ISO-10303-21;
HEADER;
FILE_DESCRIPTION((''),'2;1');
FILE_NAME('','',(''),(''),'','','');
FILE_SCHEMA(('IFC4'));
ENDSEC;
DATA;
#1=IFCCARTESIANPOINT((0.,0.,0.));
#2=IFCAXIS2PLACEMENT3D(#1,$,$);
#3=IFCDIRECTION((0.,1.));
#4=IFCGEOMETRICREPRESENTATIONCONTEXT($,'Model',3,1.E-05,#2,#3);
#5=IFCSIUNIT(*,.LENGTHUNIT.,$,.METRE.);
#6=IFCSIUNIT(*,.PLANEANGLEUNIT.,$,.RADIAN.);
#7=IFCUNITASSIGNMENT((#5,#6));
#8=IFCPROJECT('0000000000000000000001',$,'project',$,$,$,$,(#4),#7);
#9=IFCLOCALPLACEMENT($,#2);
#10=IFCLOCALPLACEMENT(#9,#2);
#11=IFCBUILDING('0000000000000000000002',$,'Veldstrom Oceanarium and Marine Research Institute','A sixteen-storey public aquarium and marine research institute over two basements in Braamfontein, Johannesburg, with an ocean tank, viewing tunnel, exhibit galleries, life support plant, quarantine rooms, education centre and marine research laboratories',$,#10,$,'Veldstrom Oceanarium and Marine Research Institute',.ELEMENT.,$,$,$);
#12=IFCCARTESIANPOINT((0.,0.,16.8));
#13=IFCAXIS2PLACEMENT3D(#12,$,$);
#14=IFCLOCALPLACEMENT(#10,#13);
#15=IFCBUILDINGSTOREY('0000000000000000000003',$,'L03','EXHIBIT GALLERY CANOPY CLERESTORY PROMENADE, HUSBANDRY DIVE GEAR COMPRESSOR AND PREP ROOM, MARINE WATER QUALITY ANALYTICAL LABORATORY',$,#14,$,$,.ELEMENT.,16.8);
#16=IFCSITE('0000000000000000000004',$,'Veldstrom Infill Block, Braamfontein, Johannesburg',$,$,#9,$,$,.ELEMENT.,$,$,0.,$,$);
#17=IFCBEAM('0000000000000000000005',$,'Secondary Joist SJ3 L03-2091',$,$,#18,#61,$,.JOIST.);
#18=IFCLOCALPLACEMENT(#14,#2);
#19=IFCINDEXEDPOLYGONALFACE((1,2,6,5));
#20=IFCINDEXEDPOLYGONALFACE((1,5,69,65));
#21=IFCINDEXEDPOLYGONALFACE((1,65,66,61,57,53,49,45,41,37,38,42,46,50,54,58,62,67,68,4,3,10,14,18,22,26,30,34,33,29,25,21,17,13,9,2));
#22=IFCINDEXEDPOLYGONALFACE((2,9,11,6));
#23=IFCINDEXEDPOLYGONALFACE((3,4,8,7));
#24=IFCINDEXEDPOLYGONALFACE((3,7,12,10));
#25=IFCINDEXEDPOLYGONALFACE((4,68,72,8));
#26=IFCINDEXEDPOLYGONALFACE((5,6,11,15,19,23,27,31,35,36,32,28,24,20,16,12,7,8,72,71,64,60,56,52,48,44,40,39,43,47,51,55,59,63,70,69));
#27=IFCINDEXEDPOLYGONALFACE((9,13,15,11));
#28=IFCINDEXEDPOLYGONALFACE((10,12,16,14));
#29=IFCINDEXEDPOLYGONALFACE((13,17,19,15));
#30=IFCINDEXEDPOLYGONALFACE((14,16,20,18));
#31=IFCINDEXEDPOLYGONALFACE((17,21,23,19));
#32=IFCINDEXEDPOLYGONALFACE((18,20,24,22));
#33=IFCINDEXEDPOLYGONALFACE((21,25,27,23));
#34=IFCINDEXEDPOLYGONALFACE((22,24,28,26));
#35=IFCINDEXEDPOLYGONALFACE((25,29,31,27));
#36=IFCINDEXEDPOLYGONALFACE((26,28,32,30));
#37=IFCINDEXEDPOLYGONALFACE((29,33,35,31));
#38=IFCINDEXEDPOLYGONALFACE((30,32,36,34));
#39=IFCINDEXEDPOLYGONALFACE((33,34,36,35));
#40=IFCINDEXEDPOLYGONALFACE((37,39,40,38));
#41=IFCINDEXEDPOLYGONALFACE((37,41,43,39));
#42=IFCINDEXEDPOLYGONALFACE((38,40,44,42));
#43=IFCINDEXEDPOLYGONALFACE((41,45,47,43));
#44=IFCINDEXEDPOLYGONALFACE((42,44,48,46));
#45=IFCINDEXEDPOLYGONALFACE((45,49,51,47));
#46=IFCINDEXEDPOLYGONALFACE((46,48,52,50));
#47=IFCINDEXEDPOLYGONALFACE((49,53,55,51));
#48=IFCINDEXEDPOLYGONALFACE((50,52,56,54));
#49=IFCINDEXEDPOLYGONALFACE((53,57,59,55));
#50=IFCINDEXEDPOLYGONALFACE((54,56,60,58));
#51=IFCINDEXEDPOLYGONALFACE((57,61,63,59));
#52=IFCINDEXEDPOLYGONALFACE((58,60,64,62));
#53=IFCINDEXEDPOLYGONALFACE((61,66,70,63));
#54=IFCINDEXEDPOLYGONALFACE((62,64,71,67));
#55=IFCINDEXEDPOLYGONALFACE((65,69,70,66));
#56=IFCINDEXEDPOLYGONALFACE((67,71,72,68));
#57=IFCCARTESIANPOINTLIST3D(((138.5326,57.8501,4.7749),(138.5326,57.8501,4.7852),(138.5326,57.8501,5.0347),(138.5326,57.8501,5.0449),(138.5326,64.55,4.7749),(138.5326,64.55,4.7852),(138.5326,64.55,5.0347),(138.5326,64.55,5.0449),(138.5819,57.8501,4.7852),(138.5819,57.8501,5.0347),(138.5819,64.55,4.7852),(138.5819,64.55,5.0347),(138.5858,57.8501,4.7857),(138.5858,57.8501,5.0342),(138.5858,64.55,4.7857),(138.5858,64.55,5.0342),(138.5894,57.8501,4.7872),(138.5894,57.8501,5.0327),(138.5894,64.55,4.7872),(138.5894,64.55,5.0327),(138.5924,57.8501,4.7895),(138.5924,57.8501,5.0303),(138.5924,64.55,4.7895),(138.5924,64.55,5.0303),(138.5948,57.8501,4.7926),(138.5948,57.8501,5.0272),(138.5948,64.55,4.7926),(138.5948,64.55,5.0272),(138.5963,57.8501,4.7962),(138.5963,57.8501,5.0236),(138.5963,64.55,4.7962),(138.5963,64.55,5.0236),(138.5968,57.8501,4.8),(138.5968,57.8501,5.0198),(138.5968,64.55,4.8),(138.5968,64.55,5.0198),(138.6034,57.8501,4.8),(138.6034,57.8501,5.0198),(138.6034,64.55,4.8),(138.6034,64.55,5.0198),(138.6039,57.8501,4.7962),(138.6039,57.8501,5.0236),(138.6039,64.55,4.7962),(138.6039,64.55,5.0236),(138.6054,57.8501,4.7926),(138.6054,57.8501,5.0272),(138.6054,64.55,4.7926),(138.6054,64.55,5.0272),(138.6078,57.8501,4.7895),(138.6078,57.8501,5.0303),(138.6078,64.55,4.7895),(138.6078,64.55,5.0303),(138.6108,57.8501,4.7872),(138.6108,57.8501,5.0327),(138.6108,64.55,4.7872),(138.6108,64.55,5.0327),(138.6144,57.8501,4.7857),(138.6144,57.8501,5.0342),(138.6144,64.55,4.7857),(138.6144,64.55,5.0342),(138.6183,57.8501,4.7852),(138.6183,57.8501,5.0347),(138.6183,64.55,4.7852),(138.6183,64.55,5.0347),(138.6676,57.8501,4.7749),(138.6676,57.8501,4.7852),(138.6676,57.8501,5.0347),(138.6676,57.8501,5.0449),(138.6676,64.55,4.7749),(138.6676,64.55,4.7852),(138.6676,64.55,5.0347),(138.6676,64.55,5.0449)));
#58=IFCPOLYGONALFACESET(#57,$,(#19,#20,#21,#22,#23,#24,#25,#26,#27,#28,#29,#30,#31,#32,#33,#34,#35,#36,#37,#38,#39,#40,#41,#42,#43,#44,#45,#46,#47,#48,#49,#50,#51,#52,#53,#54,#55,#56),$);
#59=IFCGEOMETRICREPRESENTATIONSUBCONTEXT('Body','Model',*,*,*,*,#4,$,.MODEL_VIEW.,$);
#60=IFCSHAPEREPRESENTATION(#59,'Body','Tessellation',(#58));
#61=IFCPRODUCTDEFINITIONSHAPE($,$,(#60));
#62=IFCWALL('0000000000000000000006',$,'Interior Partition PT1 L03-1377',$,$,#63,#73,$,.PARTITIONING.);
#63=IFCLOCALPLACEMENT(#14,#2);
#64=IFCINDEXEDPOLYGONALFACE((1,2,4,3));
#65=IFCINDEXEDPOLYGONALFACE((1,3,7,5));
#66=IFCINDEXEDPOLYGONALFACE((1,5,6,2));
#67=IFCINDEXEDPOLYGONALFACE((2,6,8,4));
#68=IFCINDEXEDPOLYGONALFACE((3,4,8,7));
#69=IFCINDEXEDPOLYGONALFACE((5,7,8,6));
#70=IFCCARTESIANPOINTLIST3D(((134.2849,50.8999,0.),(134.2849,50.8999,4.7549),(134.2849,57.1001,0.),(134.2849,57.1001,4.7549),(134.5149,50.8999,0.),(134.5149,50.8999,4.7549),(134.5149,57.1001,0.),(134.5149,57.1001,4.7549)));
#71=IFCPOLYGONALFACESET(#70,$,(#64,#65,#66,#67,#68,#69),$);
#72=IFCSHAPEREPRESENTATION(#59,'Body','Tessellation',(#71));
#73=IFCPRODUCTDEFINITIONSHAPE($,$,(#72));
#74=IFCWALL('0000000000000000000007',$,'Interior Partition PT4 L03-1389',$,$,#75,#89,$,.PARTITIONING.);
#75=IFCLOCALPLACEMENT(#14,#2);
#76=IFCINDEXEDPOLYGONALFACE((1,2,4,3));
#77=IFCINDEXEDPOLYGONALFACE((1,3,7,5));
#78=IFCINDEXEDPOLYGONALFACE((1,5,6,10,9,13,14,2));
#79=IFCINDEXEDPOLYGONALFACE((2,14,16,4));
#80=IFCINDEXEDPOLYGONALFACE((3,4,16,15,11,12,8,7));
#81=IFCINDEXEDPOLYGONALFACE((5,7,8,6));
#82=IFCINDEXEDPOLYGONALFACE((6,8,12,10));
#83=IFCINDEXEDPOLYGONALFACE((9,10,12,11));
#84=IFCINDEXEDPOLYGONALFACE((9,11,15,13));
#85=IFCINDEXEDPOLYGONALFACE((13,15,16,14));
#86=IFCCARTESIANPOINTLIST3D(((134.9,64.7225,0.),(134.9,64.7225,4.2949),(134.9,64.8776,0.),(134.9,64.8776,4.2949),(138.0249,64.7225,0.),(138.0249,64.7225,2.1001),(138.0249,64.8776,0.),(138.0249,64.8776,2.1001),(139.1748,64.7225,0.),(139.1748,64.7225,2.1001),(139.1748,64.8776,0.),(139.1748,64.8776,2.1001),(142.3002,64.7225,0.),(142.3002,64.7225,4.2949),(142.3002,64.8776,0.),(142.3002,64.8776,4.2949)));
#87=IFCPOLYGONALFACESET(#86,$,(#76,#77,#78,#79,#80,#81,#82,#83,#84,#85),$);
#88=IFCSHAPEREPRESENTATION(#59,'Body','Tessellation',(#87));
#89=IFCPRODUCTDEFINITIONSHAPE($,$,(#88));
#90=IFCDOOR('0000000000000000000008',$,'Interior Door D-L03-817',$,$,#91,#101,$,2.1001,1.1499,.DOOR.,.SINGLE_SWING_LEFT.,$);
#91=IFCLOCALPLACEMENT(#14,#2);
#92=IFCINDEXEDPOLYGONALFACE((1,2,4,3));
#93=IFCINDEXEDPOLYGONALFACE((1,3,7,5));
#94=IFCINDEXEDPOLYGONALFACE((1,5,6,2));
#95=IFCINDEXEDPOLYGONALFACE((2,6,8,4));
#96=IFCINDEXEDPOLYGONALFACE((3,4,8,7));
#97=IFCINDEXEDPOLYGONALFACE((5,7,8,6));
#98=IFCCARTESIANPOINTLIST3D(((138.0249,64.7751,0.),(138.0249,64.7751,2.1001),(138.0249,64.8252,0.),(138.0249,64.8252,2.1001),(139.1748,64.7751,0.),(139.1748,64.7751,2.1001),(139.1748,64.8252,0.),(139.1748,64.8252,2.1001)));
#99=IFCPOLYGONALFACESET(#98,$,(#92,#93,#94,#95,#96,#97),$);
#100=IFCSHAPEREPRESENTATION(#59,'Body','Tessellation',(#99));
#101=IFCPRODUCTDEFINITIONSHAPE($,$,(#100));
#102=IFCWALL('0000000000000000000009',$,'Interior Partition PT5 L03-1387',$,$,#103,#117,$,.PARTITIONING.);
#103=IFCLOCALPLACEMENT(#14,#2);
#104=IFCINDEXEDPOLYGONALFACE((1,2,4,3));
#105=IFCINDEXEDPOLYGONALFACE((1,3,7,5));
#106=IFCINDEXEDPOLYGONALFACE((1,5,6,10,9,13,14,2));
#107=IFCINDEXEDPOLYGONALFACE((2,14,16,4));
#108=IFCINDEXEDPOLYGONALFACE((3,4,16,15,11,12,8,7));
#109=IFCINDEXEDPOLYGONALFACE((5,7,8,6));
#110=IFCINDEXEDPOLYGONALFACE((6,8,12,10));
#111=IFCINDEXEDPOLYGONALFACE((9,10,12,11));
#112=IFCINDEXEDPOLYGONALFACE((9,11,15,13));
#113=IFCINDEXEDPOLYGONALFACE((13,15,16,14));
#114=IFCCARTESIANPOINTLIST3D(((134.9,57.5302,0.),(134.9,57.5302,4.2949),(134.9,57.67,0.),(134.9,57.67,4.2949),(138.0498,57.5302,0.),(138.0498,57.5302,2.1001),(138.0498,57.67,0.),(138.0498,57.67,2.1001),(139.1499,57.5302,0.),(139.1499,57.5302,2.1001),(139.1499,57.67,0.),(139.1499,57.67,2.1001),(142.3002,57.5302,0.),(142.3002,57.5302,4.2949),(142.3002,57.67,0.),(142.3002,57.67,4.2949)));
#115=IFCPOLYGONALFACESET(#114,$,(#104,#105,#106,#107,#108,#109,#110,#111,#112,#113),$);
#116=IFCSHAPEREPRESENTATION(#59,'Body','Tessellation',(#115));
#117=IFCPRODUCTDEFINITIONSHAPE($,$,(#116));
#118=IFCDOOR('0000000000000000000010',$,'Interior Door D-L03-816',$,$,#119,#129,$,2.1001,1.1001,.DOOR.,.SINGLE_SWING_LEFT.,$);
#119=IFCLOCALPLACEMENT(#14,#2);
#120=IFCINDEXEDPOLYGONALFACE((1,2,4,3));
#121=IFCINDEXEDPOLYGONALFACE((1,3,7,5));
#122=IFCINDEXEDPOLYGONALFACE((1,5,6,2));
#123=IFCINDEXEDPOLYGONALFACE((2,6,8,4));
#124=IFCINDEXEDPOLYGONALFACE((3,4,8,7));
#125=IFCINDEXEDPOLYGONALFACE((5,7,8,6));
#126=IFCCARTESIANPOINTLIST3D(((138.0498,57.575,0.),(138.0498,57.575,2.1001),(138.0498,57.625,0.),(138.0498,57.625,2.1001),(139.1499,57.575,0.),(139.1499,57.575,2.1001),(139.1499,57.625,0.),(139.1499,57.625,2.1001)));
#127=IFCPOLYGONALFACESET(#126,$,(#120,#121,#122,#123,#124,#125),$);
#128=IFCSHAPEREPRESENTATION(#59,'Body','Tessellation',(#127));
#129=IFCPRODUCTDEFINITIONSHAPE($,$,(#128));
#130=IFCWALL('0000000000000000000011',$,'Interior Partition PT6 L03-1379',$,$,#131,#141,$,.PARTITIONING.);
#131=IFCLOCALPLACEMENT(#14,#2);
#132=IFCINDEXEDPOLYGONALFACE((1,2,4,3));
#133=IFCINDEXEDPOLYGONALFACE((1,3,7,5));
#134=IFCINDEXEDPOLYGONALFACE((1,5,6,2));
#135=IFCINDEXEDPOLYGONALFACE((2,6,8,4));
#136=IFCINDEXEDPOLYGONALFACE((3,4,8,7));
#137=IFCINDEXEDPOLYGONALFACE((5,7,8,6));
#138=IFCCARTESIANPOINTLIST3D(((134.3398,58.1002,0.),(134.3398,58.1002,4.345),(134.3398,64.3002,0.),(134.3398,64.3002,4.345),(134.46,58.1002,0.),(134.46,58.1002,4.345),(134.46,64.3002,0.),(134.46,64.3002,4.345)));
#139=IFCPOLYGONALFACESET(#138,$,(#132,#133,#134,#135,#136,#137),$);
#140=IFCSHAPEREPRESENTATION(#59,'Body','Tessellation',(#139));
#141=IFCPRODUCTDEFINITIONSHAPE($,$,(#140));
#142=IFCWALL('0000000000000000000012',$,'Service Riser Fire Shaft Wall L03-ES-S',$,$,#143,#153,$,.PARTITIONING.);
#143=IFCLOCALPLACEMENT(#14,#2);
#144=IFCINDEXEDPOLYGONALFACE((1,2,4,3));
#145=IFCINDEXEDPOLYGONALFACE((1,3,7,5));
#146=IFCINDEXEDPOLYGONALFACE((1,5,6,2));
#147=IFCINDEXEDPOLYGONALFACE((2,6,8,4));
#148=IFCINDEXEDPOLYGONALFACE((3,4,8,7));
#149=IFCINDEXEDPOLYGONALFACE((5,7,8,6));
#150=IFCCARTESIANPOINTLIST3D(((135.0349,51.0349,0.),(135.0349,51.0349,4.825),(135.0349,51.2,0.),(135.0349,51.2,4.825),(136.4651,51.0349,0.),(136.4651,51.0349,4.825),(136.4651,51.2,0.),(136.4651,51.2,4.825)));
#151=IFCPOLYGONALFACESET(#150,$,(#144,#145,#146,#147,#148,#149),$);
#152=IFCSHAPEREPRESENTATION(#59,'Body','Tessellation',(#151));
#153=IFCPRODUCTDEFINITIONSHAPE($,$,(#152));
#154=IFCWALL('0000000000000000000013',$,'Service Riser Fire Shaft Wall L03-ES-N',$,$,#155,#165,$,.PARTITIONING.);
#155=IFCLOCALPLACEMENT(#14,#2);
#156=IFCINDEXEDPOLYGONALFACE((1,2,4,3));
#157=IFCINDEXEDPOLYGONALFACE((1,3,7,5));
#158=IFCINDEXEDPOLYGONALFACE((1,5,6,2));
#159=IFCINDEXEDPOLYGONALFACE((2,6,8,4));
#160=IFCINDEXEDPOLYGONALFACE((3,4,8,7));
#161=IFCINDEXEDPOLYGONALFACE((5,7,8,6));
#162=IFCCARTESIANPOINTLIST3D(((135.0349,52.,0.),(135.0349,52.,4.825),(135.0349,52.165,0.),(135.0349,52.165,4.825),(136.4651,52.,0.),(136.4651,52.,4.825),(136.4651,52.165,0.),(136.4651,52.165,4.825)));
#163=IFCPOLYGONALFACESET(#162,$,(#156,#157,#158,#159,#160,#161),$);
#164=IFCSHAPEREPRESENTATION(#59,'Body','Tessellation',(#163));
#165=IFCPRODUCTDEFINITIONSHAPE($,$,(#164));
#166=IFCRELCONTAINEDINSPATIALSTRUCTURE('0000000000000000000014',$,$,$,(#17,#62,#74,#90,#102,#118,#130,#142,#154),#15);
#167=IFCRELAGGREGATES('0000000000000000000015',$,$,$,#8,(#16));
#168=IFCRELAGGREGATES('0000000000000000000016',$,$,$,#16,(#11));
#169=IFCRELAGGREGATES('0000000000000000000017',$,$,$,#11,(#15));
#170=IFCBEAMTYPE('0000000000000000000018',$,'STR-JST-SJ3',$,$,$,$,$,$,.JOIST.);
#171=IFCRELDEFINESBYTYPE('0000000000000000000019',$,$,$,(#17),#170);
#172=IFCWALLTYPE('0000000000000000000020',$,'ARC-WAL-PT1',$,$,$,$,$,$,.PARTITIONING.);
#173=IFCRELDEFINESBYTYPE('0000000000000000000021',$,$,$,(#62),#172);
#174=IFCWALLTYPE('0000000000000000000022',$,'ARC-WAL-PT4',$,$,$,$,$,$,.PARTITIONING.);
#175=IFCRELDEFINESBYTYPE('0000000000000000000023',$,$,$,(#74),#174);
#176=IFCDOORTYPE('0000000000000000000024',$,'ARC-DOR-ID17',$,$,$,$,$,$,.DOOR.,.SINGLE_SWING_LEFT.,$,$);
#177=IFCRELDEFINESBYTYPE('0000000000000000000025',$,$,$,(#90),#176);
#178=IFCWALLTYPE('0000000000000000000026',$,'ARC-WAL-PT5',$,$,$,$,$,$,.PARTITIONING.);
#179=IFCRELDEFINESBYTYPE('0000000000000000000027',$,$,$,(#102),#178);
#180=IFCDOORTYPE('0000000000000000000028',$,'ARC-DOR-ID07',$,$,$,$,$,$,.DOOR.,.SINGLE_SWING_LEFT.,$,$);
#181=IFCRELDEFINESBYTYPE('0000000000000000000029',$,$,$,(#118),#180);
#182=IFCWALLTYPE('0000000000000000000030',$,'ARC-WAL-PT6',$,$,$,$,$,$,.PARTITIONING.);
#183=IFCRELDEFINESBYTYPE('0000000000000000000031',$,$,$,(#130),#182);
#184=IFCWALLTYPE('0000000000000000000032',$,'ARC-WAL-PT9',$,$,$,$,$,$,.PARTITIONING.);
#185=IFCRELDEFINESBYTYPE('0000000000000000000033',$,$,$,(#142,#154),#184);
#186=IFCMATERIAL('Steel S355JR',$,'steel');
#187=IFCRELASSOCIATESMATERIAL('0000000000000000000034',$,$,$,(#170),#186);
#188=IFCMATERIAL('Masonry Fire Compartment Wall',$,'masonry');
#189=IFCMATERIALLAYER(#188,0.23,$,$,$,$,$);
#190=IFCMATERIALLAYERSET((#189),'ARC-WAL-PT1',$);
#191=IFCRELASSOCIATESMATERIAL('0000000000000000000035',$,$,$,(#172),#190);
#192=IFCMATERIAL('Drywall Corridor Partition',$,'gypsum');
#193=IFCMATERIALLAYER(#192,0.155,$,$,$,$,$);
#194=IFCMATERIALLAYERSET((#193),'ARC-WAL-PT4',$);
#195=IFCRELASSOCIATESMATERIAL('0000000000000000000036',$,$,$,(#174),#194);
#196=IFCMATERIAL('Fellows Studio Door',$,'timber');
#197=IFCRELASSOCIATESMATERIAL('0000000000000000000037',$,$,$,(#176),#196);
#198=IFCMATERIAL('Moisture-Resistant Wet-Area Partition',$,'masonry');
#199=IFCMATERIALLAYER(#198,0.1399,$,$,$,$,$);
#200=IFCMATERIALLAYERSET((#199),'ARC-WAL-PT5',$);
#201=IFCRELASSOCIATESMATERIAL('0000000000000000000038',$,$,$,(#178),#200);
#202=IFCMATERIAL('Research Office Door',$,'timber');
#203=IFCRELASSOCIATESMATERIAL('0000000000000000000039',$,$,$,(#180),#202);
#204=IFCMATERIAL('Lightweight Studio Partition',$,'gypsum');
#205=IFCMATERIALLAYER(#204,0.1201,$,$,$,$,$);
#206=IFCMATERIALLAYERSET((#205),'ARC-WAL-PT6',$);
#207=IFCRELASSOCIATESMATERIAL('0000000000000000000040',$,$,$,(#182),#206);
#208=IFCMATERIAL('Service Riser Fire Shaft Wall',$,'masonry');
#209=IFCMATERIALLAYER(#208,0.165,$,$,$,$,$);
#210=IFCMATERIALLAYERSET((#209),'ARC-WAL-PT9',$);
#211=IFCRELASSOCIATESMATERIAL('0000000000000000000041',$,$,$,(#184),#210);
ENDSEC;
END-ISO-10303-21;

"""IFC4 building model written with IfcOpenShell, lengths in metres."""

from ifc_helpers import new_model, si_unit, direction, frame, frame_2d, origin, origin_2d, place, context, subcontext, project, spatial, rectangle, i_section, extrude, material, layer, layer_set, material_profile, profile_set, type_object, element, fill, save


model = new_model("IFC4")

# Units and contexts
model_context = context("Model", 3, precision=1e-05, world=origin(), true_north=direction((0.0, 1.0)))
body_context = subcontext(model_context, "Body", "Model", "MODEL_VIEW")
ifc_project = project(units=[si_unit("LENGTHUNIT", "METRE"), si_unit("PLANEANGLEUNIT", "RADIAN")], contexts=[model_context])

# Site, building, storey
site_placement = place(None, origin())
site = spatial("IfcSite", under=ifc_project, at=site_placement, Name="Veldstrom Infill Block, Braamfontein, Johannesburg", CompositionType="ELEMENT", RefElevation=0.0)
building_placement = place(site_placement, origin())
building = spatial("IfcBuilding", under=site, at=building_placement, Name="Veldstrom Oceanarium and Marine Research Institute", Description="A sixteen-storey public aquarium and marine research institute over two basements in Braamfontein, Johannesburg, with an ocean tank, viewing tunnel, exhibit galleries, life support plant, quarantine rooms, education centre and marine research laboratories", LongName="Veldstrom Oceanarium and Marine Research Institute", CompositionType="ELEMENT")
storey_placement = place(building_placement, frame((0.0, 0.0, 16.8)))
storey = spatial("IfcBuildingStorey", under=building, at=storey_placement, Name="L03", Description="EXHIBIT GALLERY CANOPY CLERESTORY PROMENADE, HUSBANDRY DIVE GEAR COMPRESSOR AND PREP ROOM, MARINE WATER QUALITY ANALYTICAL LABORATORY", CompositionType="ELEMENT", Elevation=16.8)

# Beam
ifc_material_1 = material(Name="Steel S355JR", Category="steel")
ifc_material_profile_1 = material_profile(ifc_material_1, i_section(OverallWidth=0.135, OverallDepth=0.27, WebThickness=0.0066, FlangeThickness=0.0103, FilletRadius=0.0149, at=origin_2d()), Name="IPE 270")
ifc_profile_set_1 = profile_set([ifc_material_profile_1], Name="Steel S355JR")
beam_type_1 = type_object("IfcBeamType", Name="STR-JST-SJ3", PredefinedType="JOIST", material=ifc_profile_set_1)
beam_1_placement = place(storey_placement, frame((138.6001, 57.8501, 4.9099), z_axis=(0.0, 1.0, 0.0), x_axis=(-1.0, 0.0, 0.0)))
element("IfcBeam", 1, at=beam_1_placement, inside=storey, type_object=beam_type_1, Name="Secondary Joist SJ3 L03-2091", PredefinedType="JOIST", context=body_context, shape_type="SweptSolid", body=[
    extrude(i_section(OverallWidth=0.135, OverallDepth=0.27, WebThickness=0.0066, FlangeThickness=0.0103, FilletRadius=0.0149, at=origin_2d()), origin(), (0.0, 0.0, 1.0), 6.7),
])

# Wall
ifc_material_2 = material(Name="Masonry Fire Compartment Wall", Category="masonry")
ifc_layer_1 = layer(ifc_material_2, 0.23)
ifc_layer_set_1 = layer_set([ifc_layer_1], Name="ARC-WAL-PT1")
wall_type_1 = type_object("IfcWallType", Name="ARC-WAL-PT1", PredefinedType="PARTITIONING", material=ifc_layer_set_1)
wall_1_placement = place(storey_placement, frame((134.3999, 50.8999, 0.0), z_axis=(0.0, 0.0, 1.0), x_axis=(0.0, 1.0, 0.0)))
element("IfcWall", 2, at=wall_1_placement, inside=storey, type_object=wall_type_1, Name="Interior Partition PT1 L03-1377", PredefinedType="PARTITIONING", context=body_context, shape_type="SweptSolid", body=[
    extrude(rectangle(XDim=6.2002, YDim=0.23, at=frame_2d((3.1001, 0.0))), origin(), (0.0, 0.0, 1.0), 4.7549),
])

# Walls, openings, doors
ifc_material_3 = material(Name="Drywall Corridor Partition", Category="gypsum")
ifc_layer_2 = layer(ifc_material_3, 0.155)
ifc_layer_set_2 = layer_set([ifc_layer_2], Name="ARC-WAL-PT4")
wall_type_2 = type_object("IfcWallType", Name="ARC-WAL-PT4", PredefinedType="PARTITIONING", material=ifc_layer_set_2)
wall_2_placement = place(storey_placement, frame((134.8999, 64.8, 0.0), z_axis=(0.0, 0.0, 1.0), x_axis=(1.0, 0.0, 0.0)))
wall_2 = element("IfcWall", 3, at=wall_2_placement, inside=storey, type_object=wall_type_2, Name="Interior Partition PT4 L03-1389", PredefinedType="PARTITIONING", context=body_context, shape_type="SweptSolid", body=[
    extrude(rectangle(XDim=7.4001, YDim=0.155, at=frame_2d((3.7002, 0.0))), origin(), (0.0, 0.0, 1.0), 4.2949),
])
opening_1_placement = place(wall_2_placement, frame((3.125, 0.0, 0.0)))
opening_1 = element("IfcOpeningElement", 4, at=opening_1_placement, cuts=wall_2, PredefinedType="OPENING", context=body_context, shape_type="SweptSolid", body=[
    extrude(rectangle(XDim=1.1499, YDim=2.1001, at=frame_2d((0.575, 1.05))), frame((0.0, 0.0874, 0.0), z_axis=(0.0, -1.0, 0.0), x_axis=(1.0, 0.0, 0.0)), (0.0, 0.0, 1.0), 0.175),
])
ifc_material_4 = material(Name="Fellows Studio Door", Category="timber")
door_type_1 = type_object("IfcDoorType", Name="ARC-DOR-ID17", OperationType="SINGLE_SWING_LEFT", PredefinedType="DOOR", material=ifc_material_4)
door_1_placement = place(opening_1_placement, frame((1.1499, 0.0, 0.0), z_axis=(0.0, 0.0, 1.0), x_axis=(-1.0, 0.0, 0.0)))
door_1 = element("IfcDoor", 5, at=door_1_placement, inside=storey, type_object=door_type_1, Name="Interior Door D-L03-817", OperationType="SINGLE_SWING_LEFT", OverallHeight=2.1001, OverallWidth=1.1499, PredefinedType="DOOR", context=body_context, shape_type="SweptSolid", body=[
    extrude(rectangle(XDim=1.1499, YDim=2.1001, at=frame_2d((0.575, 1.05))), frame((0.0, 0.0249, 0.0), z_axis=(0.0, -1.0, 0.0), x_axis=(1.0, 0.0, 0.0)), (0.0, 0.0, 1.0), 0.05),
])
fill(opening_1, door_1)
ifc_material_5 = material(Name="Moisture-Resistant Wet-Area Partition", Category="masonry")
ifc_layer_3 = layer(ifc_material_5, 0.1399)
ifc_layer_set_3 = layer_set([ifc_layer_3], Name="ARC-WAL-PT5")
wall_type_3 = type_object("IfcWallType", Name="ARC-WAL-PT5", PredefinedType="PARTITIONING", material=ifc_layer_set_3)
wall_3_placement = place(storey_placement, frame((134.8999, 57.6001, 0.0), z_axis=(0.0, 0.0, 1.0), x_axis=(1.0, 0.0, 0.0)))
wall_3 = element("IfcWall", 6, at=wall_3_placement, inside=storey, type_object=wall_type_3, Name="Interior Partition PT5 L03-1387", PredefinedType="PARTITIONING", context=body_context, shape_type="SweptSolid", body=[
    extrude(rectangle(XDim=7.4001, YDim=0.1399, at=frame_2d((3.7002, 0.0))), origin(), (0.0, 0.0, 1.0), 4.2949),
])
opening_2_placement = place(wall_3_placement, frame((3.1499, 0.0, 0.0)))
opening_2 = element("IfcOpeningElement", 7, at=opening_2_placement, cuts=wall_3, PredefinedType="OPENING", context=body_context, shape_type="SweptSolid", body=[
    extrude(rectangle(XDim=1.1001, YDim=2.1001, at=frame_2d((0.55, 1.05))), frame((0.0, 0.0798, 0.0), z_axis=(0.0, -1.0, 0.0), x_axis=(1.0, 0.0, 0.0)), (0.0, 0.0, 1.0), 0.1599),
])
ifc_material_6 = material(Name="Research Office Door", Category="timber")
door_type_2 = type_object("IfcDoorType", Name="ARC-DOR-ID07", OperationType="SINGLE_SWING_LEFT", PredefinedType="DOOR", material=ifc_material_6)
door_2_placement = place(opening_2_placement, origin())
door_2 = element("IfcDoor", 8, at=door_2_placement, inside=storey, type_object=door_type_2, Name="Interior Door D-L03-816", OperationType="SINGLE_SWING_LEFT", OverallHeight=2.1001, OverallWidth=1.1001, PredefinedType="DOOR", context=body_context, shape_type="SweptSolid", body=[
    extrude(rectangle(XDim=1.1001, YDim=2.1001, at=frame_2d((0.55, 1.05))), frame((0.0, 0.0249, 0.0), z_axis=(0.0, -1.0, 0.0), x_axis=(1.0, 0.0, 0.0)), (0.0, 0.0, 1.0), 0.05),
])
fill(opening_2, door_2)

# Walls
ifc_material_7 = material(Name="Lightweight Studio Partition", Category="gypsum")
ifc_layer_4 = layer(ifc_material_7, 0.1201)
ifc_layer_set_4 = layer_set([ifc_layer_4], Name="ARC-WAL-PT6")
wall_type_4 = type_object("IfcWallType", Name="ARC-WAL-PT6", PredefinedType="PARTITIONING", material=ifc_layer_set_4)
wall_4_placement = place(storey_placement, frame((134.3999, 58.1001, 0.0), z_axis=(0.0, 0.0, 1.0), x_axis=(0.0, 1.0, 0.0)))
element("IfcWall", 9, at=wall_4_placement, inside=storey, type_object=wall_type_4, Name="Interior Partition PT6 L03-1379", PredefinedType="PARTITIONING", context=body_context, shape_type="SweptSolid", body=[
    extrude(rectangle(XDim=6.2, YDim=0.1201, at=frame_2d((3.1001, 0.0))), origin(), (0.0, 0.0, 1.0), 4.345),
])
ifc_material_8 = material(Name="Service Riser Fire Shaft Wall", Category="masonry")
ifc_layer_5 = layer(ifc_material_8, 0.165)
ifc_layer_set_5 = layer_set([ifc_layer_5], Name="ARC-WAL-PT9")
wall_type_5 = type_object("IfcWallType", Name="ARC-WAL-PT9", PredefinedType="PARTITIONING", material=ifc_layer_set_5)
for number, where, z_axis, x_axis, name in (
    (10, (135.0349, 51.1174, 0.0), (0.0, 0.0, 1.0), (1.0, 0.0, 0.0), "Service Riser Fire Shaft Wall L03-ES-S"),
    (11, (135.0349, 52.0825, 0.0), (0.0, 0.0, 1.0), (1.0, 0.0, 0.0), "Service Riser Fire Shaft Wall L03-ES-N"),
):
    element("IfcWall", number, at=place(storey_placement, frame(where, z_axis=z_axis, x_axis=x_axis)), inside=storey, type_object=wall_type_5, Name=name, PredefinedType="PARTITIONING", context=body_context, shape_type="SweptSolid", body=[
        extrude(rectangle(XDim=1.4302, YDim=0.165, at=frame_2d((0.7151, 0.0))), origin(), (0.0, 0.0, 1.0), 4.825),
    ])

save(model, "model.ifc")
